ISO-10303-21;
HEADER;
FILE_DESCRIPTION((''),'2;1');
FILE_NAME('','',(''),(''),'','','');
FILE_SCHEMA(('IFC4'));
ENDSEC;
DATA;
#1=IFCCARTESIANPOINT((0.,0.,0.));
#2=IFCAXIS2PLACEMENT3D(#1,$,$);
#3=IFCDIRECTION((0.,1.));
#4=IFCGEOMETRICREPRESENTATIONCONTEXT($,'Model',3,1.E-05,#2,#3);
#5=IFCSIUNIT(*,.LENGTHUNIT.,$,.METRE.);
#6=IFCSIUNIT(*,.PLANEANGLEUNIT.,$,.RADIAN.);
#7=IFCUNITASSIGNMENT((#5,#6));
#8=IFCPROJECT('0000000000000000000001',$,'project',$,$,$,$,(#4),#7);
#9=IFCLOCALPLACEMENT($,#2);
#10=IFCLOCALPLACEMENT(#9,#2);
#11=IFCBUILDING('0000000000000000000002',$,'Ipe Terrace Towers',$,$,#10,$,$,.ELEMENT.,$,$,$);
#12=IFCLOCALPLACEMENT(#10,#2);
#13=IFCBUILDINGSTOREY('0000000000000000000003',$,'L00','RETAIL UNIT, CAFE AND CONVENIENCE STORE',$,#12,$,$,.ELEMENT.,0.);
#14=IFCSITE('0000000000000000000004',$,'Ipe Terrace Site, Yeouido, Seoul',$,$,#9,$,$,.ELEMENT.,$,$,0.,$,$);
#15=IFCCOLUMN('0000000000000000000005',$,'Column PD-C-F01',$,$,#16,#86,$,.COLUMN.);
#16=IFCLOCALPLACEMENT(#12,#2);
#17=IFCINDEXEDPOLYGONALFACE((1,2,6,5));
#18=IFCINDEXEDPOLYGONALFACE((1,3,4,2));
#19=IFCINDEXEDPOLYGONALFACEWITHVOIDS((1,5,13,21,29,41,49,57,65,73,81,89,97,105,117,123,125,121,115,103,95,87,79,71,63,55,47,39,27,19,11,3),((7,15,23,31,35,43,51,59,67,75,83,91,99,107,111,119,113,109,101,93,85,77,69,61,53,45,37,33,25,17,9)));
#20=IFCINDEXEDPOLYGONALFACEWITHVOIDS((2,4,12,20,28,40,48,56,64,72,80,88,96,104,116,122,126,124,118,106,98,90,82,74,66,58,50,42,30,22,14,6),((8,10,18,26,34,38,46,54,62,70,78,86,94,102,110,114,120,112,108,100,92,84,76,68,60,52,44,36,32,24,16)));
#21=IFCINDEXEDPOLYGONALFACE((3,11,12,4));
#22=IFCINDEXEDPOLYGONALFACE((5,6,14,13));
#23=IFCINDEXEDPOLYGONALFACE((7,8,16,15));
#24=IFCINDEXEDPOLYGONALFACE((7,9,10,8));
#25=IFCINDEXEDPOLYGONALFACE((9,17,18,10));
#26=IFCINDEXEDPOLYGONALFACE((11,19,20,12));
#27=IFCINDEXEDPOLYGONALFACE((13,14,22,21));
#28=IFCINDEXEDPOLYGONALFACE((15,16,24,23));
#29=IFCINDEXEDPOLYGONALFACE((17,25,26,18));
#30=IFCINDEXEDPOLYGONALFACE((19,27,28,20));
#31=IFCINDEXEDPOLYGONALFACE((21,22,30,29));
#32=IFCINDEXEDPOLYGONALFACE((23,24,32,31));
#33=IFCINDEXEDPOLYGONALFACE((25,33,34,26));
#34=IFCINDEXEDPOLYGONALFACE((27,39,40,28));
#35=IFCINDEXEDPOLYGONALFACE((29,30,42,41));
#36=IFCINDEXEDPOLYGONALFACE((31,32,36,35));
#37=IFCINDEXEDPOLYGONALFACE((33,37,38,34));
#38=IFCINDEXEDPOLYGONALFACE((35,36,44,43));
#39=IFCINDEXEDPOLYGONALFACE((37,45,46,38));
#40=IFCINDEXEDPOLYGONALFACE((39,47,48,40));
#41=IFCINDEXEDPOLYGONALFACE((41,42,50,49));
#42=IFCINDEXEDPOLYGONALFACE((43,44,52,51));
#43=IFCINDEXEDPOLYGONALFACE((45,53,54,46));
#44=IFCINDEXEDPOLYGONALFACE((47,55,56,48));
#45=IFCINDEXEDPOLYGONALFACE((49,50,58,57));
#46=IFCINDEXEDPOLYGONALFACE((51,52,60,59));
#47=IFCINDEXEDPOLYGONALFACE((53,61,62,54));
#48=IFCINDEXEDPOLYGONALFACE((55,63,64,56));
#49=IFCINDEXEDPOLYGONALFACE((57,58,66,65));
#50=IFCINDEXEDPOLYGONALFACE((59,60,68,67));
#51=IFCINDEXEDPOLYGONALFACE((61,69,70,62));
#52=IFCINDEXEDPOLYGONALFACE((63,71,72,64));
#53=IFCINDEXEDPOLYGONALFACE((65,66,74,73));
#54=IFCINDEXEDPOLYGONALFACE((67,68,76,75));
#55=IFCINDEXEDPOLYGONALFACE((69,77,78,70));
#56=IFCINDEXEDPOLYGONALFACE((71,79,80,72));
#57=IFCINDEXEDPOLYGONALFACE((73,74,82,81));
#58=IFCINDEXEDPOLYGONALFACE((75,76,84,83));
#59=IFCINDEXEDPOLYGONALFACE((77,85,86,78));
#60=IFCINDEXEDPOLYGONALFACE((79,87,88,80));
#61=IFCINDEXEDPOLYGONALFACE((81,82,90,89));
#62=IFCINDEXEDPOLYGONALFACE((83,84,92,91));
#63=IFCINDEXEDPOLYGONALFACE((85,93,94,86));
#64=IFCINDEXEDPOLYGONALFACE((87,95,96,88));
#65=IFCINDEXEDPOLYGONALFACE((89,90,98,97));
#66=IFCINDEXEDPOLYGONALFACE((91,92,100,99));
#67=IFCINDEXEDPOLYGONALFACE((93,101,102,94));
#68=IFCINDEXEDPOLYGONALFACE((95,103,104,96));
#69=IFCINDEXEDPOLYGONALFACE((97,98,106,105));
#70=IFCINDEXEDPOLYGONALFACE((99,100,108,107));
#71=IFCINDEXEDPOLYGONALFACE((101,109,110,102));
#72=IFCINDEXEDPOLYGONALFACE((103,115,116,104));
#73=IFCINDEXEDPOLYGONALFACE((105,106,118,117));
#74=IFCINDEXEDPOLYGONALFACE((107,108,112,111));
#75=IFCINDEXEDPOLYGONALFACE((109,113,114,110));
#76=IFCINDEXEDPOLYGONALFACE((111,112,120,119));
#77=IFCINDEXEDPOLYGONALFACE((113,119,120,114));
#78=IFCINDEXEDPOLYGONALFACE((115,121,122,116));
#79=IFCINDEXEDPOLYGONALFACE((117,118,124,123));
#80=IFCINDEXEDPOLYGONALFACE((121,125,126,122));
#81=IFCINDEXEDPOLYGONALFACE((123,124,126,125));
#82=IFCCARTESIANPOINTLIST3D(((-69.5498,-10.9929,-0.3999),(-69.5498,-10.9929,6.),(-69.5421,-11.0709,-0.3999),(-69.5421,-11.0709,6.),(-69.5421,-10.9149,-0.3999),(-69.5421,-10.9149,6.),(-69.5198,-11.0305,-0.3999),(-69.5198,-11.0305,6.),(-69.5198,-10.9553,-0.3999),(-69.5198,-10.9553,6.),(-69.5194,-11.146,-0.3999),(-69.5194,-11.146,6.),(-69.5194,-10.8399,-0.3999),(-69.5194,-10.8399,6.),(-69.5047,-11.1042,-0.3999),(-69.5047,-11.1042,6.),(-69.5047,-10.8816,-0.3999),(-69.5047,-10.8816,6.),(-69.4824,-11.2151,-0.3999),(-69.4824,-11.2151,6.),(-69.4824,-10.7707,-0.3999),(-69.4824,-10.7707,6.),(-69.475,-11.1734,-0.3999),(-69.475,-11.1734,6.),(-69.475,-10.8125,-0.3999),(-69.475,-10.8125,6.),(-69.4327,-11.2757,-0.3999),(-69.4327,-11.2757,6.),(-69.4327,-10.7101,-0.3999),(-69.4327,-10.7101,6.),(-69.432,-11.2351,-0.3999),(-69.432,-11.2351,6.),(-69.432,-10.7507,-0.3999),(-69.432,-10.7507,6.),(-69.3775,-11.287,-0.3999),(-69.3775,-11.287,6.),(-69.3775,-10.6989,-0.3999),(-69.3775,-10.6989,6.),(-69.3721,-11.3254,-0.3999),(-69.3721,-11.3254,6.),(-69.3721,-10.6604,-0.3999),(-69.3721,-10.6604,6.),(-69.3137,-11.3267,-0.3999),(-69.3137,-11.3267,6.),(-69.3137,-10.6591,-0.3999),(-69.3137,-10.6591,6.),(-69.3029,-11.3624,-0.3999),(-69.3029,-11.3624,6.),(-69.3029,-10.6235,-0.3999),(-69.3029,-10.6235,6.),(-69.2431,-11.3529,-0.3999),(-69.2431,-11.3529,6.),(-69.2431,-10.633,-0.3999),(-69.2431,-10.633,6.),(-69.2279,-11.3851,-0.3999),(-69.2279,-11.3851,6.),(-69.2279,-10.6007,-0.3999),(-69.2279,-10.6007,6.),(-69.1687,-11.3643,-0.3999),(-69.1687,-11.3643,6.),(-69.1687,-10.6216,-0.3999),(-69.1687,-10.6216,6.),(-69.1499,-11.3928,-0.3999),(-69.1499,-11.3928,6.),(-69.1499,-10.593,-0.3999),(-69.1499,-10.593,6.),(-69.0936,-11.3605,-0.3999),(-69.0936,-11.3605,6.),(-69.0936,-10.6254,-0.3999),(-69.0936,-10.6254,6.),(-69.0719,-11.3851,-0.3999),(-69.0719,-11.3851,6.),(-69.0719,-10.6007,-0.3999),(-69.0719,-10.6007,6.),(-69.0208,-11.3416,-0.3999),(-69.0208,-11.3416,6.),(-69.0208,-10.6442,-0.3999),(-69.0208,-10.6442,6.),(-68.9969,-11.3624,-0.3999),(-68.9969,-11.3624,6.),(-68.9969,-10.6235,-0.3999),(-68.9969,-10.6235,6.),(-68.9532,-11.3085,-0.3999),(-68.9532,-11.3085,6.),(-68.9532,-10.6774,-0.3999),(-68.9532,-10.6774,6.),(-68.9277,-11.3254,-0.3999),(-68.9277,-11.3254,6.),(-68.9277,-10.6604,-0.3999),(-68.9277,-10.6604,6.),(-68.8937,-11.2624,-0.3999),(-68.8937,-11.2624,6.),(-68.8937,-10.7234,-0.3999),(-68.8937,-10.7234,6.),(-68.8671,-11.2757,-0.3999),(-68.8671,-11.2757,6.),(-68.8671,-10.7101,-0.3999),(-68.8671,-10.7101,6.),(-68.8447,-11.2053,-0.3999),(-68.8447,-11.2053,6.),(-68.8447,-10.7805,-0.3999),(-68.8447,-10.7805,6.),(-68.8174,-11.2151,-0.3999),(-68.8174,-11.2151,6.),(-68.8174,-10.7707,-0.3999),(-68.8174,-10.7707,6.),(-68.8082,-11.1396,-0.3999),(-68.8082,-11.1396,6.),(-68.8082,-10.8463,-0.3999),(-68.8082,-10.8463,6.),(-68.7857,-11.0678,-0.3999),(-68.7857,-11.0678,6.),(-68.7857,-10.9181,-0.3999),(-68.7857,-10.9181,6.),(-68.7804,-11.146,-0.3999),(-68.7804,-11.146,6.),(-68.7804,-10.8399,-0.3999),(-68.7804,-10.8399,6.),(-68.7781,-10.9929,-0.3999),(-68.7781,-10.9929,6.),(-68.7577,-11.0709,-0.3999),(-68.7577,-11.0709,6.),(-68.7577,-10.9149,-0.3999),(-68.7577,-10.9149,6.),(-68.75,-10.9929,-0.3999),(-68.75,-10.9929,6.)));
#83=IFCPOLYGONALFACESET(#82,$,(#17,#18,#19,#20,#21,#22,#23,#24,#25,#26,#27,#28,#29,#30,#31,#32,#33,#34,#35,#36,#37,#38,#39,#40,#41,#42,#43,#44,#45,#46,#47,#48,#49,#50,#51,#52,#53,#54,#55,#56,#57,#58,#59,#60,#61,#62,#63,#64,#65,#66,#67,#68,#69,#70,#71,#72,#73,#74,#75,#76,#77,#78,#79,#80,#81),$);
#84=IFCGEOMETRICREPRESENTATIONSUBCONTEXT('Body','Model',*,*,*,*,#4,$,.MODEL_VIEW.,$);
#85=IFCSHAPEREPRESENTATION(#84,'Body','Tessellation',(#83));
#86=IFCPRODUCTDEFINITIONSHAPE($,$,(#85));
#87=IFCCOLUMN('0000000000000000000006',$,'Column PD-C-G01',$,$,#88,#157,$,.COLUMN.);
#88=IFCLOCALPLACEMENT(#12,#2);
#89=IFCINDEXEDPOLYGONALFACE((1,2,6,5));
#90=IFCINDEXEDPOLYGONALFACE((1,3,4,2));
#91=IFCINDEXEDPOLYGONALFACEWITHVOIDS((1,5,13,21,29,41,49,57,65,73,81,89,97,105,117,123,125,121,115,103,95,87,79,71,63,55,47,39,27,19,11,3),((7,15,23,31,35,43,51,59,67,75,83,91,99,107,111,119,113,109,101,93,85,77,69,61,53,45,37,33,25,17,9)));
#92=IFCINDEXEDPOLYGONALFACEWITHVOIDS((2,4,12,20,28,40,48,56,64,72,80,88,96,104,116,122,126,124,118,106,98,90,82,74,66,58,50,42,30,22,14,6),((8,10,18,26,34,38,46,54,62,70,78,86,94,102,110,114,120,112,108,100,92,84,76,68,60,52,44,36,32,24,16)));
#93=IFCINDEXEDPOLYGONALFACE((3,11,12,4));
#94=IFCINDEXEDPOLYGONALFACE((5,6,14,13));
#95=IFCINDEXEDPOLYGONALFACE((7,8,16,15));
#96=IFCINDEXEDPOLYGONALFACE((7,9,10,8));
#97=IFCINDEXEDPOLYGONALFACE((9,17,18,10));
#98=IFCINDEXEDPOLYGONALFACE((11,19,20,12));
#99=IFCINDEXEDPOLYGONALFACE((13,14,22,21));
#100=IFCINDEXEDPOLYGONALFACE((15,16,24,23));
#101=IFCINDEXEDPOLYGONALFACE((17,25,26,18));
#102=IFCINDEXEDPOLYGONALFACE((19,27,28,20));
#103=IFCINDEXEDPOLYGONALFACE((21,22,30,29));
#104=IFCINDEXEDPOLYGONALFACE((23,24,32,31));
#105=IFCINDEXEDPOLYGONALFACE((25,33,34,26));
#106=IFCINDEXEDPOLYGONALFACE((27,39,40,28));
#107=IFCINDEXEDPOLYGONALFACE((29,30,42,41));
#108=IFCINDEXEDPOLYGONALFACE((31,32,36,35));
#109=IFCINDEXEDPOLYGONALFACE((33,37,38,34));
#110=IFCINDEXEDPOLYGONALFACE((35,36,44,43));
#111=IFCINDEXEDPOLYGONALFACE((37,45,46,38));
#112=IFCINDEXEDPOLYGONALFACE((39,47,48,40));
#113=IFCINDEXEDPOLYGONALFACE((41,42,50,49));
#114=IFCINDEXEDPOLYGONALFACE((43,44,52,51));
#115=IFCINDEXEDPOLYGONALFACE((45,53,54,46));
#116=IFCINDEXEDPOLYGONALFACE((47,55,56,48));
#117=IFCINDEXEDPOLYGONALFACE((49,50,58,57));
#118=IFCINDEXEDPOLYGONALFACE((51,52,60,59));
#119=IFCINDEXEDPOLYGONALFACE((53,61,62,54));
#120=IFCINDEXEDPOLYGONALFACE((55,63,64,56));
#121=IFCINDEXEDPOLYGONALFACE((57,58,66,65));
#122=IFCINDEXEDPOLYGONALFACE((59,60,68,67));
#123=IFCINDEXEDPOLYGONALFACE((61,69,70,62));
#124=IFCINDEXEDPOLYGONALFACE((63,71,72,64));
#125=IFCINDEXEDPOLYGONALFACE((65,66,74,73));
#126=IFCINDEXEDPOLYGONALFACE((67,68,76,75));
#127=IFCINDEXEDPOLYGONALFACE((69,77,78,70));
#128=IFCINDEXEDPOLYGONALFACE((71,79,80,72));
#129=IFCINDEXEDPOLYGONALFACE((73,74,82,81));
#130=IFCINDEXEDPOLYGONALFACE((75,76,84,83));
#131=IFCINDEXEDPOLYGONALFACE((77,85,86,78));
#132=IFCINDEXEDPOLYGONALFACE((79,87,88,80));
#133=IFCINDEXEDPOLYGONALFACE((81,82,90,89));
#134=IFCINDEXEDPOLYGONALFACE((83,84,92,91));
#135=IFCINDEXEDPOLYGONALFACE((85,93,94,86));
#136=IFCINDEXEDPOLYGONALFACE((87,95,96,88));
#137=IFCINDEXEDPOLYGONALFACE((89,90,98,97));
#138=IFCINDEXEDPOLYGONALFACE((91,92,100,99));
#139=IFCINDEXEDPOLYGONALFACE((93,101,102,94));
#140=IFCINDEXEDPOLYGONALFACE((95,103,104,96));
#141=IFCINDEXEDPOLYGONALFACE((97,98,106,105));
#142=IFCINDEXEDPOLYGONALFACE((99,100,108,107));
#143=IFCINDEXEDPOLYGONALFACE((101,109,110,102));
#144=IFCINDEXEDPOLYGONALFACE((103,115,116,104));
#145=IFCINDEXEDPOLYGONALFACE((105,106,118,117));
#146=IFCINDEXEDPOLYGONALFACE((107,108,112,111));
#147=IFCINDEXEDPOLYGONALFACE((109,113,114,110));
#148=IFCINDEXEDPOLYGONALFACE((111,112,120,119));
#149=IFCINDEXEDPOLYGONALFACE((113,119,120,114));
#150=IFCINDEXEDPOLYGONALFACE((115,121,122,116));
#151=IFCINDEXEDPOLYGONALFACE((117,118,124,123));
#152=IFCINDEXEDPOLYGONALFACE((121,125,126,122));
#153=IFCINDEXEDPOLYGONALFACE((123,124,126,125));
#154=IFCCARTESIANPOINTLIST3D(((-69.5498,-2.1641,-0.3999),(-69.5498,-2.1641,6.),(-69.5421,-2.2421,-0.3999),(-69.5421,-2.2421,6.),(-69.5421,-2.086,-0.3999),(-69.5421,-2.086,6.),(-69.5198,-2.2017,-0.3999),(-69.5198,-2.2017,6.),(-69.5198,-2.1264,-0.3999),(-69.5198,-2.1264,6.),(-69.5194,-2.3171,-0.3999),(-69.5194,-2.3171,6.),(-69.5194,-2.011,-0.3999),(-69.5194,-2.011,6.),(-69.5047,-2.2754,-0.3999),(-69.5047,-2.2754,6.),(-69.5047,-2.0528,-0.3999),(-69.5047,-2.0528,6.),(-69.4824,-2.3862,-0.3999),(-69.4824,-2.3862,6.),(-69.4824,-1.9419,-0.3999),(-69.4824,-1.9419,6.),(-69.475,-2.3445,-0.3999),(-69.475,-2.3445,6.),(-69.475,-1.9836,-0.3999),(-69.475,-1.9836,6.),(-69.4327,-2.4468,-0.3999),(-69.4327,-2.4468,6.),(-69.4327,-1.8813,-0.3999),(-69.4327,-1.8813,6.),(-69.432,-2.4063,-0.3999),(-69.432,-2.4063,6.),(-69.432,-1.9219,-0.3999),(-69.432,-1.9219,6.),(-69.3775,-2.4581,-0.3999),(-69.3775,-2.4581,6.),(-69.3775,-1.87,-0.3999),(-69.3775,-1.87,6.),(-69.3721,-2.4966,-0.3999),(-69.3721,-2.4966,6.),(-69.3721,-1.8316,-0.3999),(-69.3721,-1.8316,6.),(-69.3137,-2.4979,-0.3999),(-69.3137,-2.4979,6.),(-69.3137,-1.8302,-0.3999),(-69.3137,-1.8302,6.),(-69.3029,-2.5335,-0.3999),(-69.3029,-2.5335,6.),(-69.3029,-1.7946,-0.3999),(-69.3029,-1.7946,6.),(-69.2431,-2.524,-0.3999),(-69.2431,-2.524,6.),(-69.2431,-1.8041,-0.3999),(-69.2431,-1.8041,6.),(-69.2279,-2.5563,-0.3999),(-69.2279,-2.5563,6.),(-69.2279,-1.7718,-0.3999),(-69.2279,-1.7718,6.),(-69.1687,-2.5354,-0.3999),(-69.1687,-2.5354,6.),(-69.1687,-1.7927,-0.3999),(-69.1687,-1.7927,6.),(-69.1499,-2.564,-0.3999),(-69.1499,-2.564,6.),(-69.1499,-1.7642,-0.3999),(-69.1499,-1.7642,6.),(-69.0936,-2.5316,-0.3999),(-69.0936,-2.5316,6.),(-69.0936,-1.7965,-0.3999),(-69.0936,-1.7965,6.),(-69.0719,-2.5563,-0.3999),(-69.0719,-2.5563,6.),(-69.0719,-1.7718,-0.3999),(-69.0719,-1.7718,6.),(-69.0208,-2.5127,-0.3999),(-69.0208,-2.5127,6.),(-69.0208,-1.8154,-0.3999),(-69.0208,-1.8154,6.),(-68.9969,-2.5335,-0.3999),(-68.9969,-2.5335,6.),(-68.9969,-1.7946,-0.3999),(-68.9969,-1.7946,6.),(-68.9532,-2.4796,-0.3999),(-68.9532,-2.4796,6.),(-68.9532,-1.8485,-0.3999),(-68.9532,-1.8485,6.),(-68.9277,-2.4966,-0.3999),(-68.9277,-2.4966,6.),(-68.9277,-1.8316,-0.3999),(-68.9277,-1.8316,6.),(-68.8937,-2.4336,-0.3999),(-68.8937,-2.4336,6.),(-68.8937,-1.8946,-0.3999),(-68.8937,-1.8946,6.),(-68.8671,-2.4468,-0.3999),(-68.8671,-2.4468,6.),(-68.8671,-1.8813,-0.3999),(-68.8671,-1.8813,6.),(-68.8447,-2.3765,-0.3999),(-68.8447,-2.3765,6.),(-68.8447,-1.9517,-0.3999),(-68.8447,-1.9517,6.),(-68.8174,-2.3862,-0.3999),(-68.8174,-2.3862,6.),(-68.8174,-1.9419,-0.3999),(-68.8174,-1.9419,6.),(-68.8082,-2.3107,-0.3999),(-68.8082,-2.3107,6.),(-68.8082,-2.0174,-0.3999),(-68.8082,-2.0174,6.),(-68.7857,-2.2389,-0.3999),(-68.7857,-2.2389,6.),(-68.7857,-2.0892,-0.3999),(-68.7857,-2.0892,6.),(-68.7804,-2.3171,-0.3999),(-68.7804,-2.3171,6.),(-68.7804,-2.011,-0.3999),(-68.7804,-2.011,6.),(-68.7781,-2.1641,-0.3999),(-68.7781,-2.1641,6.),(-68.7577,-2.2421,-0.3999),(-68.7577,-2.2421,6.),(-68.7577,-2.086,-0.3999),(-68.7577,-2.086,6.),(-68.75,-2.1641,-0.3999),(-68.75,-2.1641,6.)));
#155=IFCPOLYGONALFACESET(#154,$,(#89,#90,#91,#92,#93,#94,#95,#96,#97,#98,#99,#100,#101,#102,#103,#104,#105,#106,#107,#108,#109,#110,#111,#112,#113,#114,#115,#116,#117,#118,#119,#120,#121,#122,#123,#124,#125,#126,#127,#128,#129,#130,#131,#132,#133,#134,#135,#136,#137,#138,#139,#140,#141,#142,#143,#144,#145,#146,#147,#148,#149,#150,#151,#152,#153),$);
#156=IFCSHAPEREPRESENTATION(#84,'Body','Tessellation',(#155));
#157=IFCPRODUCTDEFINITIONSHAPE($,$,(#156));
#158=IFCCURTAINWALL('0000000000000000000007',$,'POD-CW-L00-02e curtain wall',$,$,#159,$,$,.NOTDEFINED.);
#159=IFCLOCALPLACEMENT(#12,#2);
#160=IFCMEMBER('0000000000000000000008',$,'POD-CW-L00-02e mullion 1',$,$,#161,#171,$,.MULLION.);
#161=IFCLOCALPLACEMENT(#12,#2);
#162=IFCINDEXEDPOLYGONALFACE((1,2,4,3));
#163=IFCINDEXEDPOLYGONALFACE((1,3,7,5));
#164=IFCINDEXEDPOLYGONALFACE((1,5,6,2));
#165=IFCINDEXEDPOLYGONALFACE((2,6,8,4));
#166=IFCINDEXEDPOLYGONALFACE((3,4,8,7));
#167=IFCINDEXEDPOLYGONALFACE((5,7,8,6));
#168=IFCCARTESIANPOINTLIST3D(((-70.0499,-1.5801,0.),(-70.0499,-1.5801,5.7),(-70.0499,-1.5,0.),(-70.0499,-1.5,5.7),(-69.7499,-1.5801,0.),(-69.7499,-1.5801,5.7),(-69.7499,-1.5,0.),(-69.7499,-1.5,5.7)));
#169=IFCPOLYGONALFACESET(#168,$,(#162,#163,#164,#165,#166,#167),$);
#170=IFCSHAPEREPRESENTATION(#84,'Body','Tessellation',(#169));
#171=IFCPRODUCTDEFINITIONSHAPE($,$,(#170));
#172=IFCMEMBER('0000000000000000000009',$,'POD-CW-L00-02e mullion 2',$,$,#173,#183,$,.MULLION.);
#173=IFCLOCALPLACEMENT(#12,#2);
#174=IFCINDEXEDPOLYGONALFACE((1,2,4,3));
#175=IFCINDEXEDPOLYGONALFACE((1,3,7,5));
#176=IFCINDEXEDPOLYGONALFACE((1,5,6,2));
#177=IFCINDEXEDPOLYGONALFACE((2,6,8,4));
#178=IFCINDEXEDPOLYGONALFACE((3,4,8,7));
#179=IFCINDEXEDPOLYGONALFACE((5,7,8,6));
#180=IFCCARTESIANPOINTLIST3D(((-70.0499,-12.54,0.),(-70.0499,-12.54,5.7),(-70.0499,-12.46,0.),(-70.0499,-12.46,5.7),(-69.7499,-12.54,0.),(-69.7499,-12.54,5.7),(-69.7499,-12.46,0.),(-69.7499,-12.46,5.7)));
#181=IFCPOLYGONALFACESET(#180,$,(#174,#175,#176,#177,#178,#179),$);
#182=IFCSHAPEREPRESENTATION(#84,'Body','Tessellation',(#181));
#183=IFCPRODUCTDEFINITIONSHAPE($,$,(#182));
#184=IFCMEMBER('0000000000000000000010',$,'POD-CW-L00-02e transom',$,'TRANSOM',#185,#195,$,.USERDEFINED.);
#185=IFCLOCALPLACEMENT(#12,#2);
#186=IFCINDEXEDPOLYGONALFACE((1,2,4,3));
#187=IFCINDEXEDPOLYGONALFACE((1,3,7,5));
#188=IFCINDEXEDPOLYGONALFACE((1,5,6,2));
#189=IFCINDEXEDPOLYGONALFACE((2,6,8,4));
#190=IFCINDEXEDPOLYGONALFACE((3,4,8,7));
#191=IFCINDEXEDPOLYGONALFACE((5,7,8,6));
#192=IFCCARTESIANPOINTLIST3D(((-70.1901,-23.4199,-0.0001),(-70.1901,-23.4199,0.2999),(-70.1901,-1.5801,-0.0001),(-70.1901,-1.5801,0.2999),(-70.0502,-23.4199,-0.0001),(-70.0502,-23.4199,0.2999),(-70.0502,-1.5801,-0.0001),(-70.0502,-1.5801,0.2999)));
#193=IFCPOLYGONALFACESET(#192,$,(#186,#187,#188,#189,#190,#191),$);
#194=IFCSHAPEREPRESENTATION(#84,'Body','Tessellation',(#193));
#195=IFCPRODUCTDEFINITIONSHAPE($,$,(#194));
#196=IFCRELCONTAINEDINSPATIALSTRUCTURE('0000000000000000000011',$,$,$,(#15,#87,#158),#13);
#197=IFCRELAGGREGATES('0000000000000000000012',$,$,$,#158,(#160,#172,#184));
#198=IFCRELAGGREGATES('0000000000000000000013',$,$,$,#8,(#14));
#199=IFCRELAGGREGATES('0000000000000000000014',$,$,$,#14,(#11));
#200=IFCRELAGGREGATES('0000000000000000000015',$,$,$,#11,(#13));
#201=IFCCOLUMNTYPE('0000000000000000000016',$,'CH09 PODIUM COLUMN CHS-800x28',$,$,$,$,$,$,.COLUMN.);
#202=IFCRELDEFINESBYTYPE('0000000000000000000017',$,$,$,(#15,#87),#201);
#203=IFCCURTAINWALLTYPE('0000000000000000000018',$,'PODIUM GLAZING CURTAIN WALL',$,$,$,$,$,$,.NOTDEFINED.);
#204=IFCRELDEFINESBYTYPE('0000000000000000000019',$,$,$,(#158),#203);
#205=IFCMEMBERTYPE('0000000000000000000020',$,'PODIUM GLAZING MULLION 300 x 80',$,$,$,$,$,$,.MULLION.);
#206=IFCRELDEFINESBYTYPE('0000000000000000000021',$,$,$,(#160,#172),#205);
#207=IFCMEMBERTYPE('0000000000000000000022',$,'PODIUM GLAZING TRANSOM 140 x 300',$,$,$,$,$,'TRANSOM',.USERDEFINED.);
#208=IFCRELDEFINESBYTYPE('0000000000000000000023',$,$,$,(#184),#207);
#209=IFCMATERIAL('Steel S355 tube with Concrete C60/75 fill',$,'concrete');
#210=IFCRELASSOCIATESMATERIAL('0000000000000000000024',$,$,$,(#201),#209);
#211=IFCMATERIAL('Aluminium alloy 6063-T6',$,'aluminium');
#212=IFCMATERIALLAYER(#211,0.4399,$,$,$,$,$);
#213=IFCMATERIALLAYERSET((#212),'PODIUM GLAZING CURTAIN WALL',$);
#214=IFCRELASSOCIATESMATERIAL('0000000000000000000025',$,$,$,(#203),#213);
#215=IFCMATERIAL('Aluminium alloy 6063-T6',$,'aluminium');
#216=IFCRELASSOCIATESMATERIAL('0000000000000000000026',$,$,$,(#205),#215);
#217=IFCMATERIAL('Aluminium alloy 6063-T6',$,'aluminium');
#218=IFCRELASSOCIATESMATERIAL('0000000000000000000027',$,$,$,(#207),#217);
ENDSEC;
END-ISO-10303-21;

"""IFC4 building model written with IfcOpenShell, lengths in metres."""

from ifc_helpers import new_model, si_unit, direction, frame, origin, origin_2d, place, context, subcontext, project, spatial, rectangle, hollow_circle, extrude, material, layer, layer_set, material_profile, profile_set, type_object, element, aggregate, save


model = new_model("IFC4")

# Units and contexts
model_context = context("Model", 3, precision=1e-05, world=origin(), true_north=direction((0.0, 1.0)))
body_context = subcontext(model_context, "Body", "Model", "MODEL_VIEW")
ifc_project = project(units=[si_unit("LENGTHUNIT", "METRE"), si_unit("PLANEANGLEUNIT", "RADIAN")], contexts=[model_context])

# Site, building, storey
site_placement = place(None, origin())
site = spatial("IfcSite", under=ifc_project, at=site_placement, Name="Ipe Terrace Site, Yeouido, Seoul", CompositionType="ELEMENT", RefElevation=0.0)
building_placement = place(site_placement, origin())
building = spatial("IfcBuilding", under=site, at=building_placement, Name="Ipe Terrace Towers", CompositionType="ELEMENT")
storey_placement = place(building_placement, origin())
storey = spatial("IfcBuildingStorey", under=building, at=storey_placement, Name="L00", Description="RETAIL UNIT, CAFE AND CONVENIENCE STORE", CompositionType="ELEMENT", Elevation=0.0)

# Columns
ifc_material_1 = material(Name="Steel S355 tube with Concrete C60/75 fill", Category="concrete")
ifc_material_profile_1 = material_profile(ifc_material_1, hollow_circle(Radius=0.3999, WallThickness=0.0281, at=origin_2d()), Name="CHS-800x28")
ifc_profile_set_1 = profile_set([ifc_material_profile_1], Name="Steel S355 tube with Concrete C60/75 fill")
column_type_1 = type_object("IfcColumnType", Name="CH09 PODIUM COLUMN CHS-800x28", PredefinedType="COLUMN", material=ifc_profile_set_1)
for number, where, z_axis, x_axis, name in (
    (1, (-69.1499, -10.9929, -0.3999), (0.0, 0.0, 1.0), (1.0, 0.0, 0.0), "Column PD-C-F01"),
    (2, (-69.1499, -2.1641, -0.3999), (0.0, 0.0, 1.0), (1.0, 0.0, 0.0), "Column PD-C-G01"),
):
    element("IfcColumn", number, at=place(storey_placement, frame(where, z_axis=z_axis, x_axis=x_axis)), inside=storey, type_object=column_type_1, Name=name, PredefinedType="COLUMN", context=body_context, shape_type="SweptSolid", body=[
        extrude(hollow_circle(Radius=0.3999, WallThickness=0.0281, at=origin_2d()), origin(), (0.0, 0.0, 1.0), 6.3999),
    ])

# Curtain wall, members
ifc_material_2 = material(Name="Aluminium alloy 6063-T6", Category="aluminium")
ifc_layer_1 = layer(ifc_material_2, 0.4399)
ifc_layer_set_1 = layer_set([ifc_layer_1], Name="PODIUM GLAZING CURTAIN WALL")
curtain_wall_type = type_object("IfcCurtainWallType", Name="PODIUM GLAZING CURTAIN WALL", PredefinedType="NOTDEFINED", material=ifc_layer_set_1)
curtain_wall_placement = place(storey_placement, origin())
curtain_wall = element("IfcCurtainWall", 3, at=curtain_wall_placement, inside=storey, type_object=curtain_wall_type, Name="POD-CW-L00-02e curtain wall", PredefinedType="NOTDEFINED")
ifc_material_3 = material(Name="Aluminium alloy 6063-T6", Category="aluminium")
ifc_material_profile_2 = material_profile(ifc_material_3, rectangle(XDim=0.3, YDim=0.0801, at=origin_2d()), Name="PODIUM GLAZING MULLION 300 x 80")
ifc_profile_set_2 = profile_set([ifc_material_profile_2], Name="Aluminium alloy 6063-T6")
member_type_1 = type_object("IfcMemberType", Name="PODIUM GLAZING MULLION 300 x 80", PredefinedType="MULLION", material=ifc_profile_set_2)
member_1_placement = place(storey_placement, frame((-69.8999, -1.54, 0.0), z_axis=(0.0, 0.0, 1.0), x_axis=(-1.0, 0.0, 0.0)))
member_1 = element("IfcMember", 4, at=member_1_placement, type_object=member_type_1, Name="POD-CW-L00-02e mullion 1", PredefinedType="MULLION", context=body_context, shape_type="SweptSolid", body=[
    extrude(rectangle(XDim=0.3, YDim=0.0801, at=origin_2d()), origin(), (0.0, 0.0, 1.0), 5.7),
])
member_2_placement = place(storey_placement, frame((-69.8999, -12.5, 0.0), z_axis=(0.0, 0.0, 1.0), x_axis=(-1.0, 0.0, 0.0)))
member_2 = element("IfcMember", 5, at=member_2_placement, type_object=member_type_1, Name="POD-CW-L00-02e mullion 2", PredefinedType="MULLION", context=body_context, shape_type="SweptSolid", body=[
    extrude(rectangle(XDim=0.3, YDim=0.0801, at=origin_2d()), origin(), (0.0, 0.0, 1.0), 5.7),
])
ifc_material_4 = material(Name="Aluminium alloy 6063-T6", Category="aluminium")
ifc_material_profile_3 = material_profile(ifc_material_4, rectangle(XDim=0.1399, YDim=0.3, at=origin_2d()), Name="PODIUM GLAZING TRANSOM 140 x 300")
ifc_profile_set_3 = profile_set([ifc_material_profile_3], Name="Aluminium alloy 6063-T6")
member_type_2 = type_object("IfcMemberType", Name="PODIUM GLAZING TRANSOM 140 x 300", ElementType="TRANSOM", PredefinedType="USERDEFINED", material=ifc_profile_set_3)
member_3_placement = place(storey_placement, frame((-70.1201, -1.5801, 0.1499), z_axis=(0.0, -1.0, 0.0), x_axis=(-1.0, 0.0, 0.0)))
member_3 = element("IfcMember", 6, at=member_3_placement, type_object=member_type_2, Name="POD-CW-L00-02e transom", ObjectType="TRANSOM", PredefinedType="USERDEFINED", context=body_context, shape_type="SweptSolid", body=[
    extrude(rectangle(XDim=0.1399, YDim=0.3, at=origin_2d()), origin(), (0.0, 0.0, 1.0), 21.8398),
])
aggregate(curtain_wall, [member_1, member_2, member_3])

save(model, "model.ifc")
